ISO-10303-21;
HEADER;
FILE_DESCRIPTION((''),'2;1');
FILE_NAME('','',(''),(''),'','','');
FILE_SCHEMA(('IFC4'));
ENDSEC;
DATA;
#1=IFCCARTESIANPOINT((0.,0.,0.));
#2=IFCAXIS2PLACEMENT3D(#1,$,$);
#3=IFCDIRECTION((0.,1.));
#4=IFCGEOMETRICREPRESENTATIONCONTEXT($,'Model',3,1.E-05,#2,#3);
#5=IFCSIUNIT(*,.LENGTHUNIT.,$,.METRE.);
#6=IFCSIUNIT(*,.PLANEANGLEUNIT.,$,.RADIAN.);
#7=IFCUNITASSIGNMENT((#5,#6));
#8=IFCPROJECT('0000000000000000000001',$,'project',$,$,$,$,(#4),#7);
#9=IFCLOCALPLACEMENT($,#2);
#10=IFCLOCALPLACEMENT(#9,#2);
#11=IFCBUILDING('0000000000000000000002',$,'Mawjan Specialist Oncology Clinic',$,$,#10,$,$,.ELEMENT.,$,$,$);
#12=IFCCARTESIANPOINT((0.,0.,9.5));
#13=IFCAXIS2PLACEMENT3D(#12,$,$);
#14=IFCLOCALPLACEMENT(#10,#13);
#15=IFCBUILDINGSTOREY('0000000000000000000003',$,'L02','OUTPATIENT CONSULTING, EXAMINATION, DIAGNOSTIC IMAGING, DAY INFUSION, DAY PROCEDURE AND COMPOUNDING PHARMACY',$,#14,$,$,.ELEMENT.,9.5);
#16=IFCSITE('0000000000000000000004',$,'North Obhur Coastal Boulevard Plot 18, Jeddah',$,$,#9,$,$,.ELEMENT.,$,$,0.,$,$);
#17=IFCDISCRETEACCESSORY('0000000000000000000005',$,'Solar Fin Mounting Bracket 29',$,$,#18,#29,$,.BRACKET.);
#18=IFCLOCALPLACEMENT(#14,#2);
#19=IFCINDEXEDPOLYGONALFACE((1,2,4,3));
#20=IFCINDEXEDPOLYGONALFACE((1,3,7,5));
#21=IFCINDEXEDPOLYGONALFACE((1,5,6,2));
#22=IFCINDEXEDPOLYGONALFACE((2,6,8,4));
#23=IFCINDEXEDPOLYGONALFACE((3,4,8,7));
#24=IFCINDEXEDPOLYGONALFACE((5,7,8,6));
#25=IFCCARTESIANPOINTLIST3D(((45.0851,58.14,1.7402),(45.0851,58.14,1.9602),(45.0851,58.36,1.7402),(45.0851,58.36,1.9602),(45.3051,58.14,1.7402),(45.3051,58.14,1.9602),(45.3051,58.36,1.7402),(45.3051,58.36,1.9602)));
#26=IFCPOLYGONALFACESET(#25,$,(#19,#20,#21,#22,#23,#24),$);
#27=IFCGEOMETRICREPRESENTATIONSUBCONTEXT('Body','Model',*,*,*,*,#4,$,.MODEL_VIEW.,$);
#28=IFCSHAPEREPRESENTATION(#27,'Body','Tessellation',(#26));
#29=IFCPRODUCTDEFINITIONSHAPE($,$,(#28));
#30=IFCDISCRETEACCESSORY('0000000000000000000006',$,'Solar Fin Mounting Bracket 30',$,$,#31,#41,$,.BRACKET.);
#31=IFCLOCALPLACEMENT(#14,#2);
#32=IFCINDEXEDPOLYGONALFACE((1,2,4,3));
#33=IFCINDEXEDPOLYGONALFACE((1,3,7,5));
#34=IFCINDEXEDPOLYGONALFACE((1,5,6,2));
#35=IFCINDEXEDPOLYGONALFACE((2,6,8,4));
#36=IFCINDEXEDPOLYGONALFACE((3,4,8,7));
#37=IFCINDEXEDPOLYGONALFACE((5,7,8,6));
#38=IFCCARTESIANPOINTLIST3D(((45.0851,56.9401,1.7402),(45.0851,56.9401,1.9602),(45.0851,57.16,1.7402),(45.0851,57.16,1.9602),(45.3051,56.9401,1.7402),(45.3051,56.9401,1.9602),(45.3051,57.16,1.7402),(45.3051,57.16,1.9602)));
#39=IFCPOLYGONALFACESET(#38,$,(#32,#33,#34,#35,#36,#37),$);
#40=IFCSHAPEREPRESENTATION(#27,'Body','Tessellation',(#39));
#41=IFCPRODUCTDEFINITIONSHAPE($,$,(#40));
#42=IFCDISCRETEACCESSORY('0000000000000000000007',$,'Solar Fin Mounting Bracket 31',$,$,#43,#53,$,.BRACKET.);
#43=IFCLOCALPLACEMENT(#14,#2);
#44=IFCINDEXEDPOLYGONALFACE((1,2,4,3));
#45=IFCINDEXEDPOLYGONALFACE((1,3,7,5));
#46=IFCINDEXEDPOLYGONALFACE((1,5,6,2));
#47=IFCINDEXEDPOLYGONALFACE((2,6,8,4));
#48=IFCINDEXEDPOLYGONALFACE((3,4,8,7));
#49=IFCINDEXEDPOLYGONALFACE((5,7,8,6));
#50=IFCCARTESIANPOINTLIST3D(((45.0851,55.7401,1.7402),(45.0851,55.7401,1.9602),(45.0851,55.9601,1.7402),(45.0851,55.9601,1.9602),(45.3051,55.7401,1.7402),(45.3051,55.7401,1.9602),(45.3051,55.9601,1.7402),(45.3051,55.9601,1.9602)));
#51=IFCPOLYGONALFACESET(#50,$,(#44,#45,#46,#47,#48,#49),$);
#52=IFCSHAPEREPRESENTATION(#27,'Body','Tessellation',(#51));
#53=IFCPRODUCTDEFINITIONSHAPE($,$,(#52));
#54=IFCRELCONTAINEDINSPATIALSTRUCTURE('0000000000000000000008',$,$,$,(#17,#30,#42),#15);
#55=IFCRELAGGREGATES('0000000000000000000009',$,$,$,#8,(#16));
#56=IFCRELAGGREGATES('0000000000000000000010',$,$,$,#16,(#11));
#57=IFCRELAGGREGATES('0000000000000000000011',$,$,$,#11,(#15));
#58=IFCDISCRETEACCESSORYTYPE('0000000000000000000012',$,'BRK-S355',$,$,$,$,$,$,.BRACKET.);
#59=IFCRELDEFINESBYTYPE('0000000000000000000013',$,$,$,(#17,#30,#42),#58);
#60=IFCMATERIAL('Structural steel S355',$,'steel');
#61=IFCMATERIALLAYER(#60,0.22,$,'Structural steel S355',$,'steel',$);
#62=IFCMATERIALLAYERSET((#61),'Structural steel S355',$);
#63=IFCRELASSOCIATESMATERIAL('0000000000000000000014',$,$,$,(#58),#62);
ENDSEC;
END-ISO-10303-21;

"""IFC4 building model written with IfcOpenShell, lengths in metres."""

from ifc_helpers import new_model, si_unit, direction, frame, origin, origin_2d, place, context, subcontext, project, spatial, rectangle, extrude, material, layer, layer_set, type_object, element, save


model = new_model("IFC4")

# Units and contexts
model_context = context("Model", 3, precision=1e-05, world=origin(), true_north=direction((0.0, 1.0)))
body_context = subcontext(model_context, "Body", "Model", "MODEL_VIEW")
ifc_project = project(units=[si_unit("LENGTHUNIT", "METRE"), si_unit("PLANEANGLEUNIT", "RADIAN")], contexts=[model_context])

# Site, building, storey
site_placement = place(None, origin())
site = spatial("IfcSite", under=ifc_project, at=site_placement, Name="North Obhur Coastal Boulevard Plot 18, Jeddah", CompositionType="ELEMENT", RefElevation=0.0)
building_placement = place(site_placement, origin())
building = spatial("IfcBuilding", under=site, at=building_placement, Name="Mawjan Specialist Oncology Clinic", CompositionType="ELEMENT")
storey_placement = place(building_placement, frame((0.0, 0.0, 9.5)))
storey = spatial("IfcBuildingStorey", under=building, at=storey_placement, Name="L02", Description="OUTPATIENT CONSULTING, EXAMINATION, DIAGNOSTIC IMAGING, DAY INFUSION, DAY PROCEDURE AND COMPOUNDING PHARMACY", CompositionType="ELEMENT", Elevation=9.5)

# Discrete accessories
ifc_material_1 = material(Name="Structural steel S355", Category="steel")
ifc_layer_1 = layer(ifc_material_1, 0.22, Name="Structural steel S355", Category="steel")
ifc_layer_set_1 = layer_set([ifc_layer_1], Name="Structural steel S355")
discrete_accessory_type = type_object("IfcDiscreteAccessoryType", Name="BRK-S355", PredefinedType="BRACKET", material=ifc_layer_set_1)
for number, where, z_axis, x_axis, name in (
    (1, (45.1951, 58.25, 1.7402), (0.0, 0.0, 1.0), (0.0, -1.0, 0.0), "Solar Fin Mounting Bracket 29"),
    (2, (45.1951, 57.05, 1.7402), (0.0, 0.0, 1.0), (0.0, -1.0, 0.0), "Solar Fin Mounting Bracket 30"),
    (3, (45.1951, 55.8501, 1.7402), (0.0, 0.0, 1.0), (0.0, -1.0, 0.0), "Solar Fin Mounting Bracket 31"),
):
    element("IfcDiscreteAccessory", number, at=place(storey_placement, frame(where, z_axis=z_axis, x_axis=x_axis)), inside=storey, type_object=discrete_accessory_type, Name=name, PredefinedType="BRACKET", context=body_context, shape_type="SweptSolid", body=[
        extrude(rectangle(XDim=0.22, YDim=0.22, at=origin_2d()), origin(), (0.0, 0.0, 1.0), 0.22),
    ])

save(model, "model.ifc")
